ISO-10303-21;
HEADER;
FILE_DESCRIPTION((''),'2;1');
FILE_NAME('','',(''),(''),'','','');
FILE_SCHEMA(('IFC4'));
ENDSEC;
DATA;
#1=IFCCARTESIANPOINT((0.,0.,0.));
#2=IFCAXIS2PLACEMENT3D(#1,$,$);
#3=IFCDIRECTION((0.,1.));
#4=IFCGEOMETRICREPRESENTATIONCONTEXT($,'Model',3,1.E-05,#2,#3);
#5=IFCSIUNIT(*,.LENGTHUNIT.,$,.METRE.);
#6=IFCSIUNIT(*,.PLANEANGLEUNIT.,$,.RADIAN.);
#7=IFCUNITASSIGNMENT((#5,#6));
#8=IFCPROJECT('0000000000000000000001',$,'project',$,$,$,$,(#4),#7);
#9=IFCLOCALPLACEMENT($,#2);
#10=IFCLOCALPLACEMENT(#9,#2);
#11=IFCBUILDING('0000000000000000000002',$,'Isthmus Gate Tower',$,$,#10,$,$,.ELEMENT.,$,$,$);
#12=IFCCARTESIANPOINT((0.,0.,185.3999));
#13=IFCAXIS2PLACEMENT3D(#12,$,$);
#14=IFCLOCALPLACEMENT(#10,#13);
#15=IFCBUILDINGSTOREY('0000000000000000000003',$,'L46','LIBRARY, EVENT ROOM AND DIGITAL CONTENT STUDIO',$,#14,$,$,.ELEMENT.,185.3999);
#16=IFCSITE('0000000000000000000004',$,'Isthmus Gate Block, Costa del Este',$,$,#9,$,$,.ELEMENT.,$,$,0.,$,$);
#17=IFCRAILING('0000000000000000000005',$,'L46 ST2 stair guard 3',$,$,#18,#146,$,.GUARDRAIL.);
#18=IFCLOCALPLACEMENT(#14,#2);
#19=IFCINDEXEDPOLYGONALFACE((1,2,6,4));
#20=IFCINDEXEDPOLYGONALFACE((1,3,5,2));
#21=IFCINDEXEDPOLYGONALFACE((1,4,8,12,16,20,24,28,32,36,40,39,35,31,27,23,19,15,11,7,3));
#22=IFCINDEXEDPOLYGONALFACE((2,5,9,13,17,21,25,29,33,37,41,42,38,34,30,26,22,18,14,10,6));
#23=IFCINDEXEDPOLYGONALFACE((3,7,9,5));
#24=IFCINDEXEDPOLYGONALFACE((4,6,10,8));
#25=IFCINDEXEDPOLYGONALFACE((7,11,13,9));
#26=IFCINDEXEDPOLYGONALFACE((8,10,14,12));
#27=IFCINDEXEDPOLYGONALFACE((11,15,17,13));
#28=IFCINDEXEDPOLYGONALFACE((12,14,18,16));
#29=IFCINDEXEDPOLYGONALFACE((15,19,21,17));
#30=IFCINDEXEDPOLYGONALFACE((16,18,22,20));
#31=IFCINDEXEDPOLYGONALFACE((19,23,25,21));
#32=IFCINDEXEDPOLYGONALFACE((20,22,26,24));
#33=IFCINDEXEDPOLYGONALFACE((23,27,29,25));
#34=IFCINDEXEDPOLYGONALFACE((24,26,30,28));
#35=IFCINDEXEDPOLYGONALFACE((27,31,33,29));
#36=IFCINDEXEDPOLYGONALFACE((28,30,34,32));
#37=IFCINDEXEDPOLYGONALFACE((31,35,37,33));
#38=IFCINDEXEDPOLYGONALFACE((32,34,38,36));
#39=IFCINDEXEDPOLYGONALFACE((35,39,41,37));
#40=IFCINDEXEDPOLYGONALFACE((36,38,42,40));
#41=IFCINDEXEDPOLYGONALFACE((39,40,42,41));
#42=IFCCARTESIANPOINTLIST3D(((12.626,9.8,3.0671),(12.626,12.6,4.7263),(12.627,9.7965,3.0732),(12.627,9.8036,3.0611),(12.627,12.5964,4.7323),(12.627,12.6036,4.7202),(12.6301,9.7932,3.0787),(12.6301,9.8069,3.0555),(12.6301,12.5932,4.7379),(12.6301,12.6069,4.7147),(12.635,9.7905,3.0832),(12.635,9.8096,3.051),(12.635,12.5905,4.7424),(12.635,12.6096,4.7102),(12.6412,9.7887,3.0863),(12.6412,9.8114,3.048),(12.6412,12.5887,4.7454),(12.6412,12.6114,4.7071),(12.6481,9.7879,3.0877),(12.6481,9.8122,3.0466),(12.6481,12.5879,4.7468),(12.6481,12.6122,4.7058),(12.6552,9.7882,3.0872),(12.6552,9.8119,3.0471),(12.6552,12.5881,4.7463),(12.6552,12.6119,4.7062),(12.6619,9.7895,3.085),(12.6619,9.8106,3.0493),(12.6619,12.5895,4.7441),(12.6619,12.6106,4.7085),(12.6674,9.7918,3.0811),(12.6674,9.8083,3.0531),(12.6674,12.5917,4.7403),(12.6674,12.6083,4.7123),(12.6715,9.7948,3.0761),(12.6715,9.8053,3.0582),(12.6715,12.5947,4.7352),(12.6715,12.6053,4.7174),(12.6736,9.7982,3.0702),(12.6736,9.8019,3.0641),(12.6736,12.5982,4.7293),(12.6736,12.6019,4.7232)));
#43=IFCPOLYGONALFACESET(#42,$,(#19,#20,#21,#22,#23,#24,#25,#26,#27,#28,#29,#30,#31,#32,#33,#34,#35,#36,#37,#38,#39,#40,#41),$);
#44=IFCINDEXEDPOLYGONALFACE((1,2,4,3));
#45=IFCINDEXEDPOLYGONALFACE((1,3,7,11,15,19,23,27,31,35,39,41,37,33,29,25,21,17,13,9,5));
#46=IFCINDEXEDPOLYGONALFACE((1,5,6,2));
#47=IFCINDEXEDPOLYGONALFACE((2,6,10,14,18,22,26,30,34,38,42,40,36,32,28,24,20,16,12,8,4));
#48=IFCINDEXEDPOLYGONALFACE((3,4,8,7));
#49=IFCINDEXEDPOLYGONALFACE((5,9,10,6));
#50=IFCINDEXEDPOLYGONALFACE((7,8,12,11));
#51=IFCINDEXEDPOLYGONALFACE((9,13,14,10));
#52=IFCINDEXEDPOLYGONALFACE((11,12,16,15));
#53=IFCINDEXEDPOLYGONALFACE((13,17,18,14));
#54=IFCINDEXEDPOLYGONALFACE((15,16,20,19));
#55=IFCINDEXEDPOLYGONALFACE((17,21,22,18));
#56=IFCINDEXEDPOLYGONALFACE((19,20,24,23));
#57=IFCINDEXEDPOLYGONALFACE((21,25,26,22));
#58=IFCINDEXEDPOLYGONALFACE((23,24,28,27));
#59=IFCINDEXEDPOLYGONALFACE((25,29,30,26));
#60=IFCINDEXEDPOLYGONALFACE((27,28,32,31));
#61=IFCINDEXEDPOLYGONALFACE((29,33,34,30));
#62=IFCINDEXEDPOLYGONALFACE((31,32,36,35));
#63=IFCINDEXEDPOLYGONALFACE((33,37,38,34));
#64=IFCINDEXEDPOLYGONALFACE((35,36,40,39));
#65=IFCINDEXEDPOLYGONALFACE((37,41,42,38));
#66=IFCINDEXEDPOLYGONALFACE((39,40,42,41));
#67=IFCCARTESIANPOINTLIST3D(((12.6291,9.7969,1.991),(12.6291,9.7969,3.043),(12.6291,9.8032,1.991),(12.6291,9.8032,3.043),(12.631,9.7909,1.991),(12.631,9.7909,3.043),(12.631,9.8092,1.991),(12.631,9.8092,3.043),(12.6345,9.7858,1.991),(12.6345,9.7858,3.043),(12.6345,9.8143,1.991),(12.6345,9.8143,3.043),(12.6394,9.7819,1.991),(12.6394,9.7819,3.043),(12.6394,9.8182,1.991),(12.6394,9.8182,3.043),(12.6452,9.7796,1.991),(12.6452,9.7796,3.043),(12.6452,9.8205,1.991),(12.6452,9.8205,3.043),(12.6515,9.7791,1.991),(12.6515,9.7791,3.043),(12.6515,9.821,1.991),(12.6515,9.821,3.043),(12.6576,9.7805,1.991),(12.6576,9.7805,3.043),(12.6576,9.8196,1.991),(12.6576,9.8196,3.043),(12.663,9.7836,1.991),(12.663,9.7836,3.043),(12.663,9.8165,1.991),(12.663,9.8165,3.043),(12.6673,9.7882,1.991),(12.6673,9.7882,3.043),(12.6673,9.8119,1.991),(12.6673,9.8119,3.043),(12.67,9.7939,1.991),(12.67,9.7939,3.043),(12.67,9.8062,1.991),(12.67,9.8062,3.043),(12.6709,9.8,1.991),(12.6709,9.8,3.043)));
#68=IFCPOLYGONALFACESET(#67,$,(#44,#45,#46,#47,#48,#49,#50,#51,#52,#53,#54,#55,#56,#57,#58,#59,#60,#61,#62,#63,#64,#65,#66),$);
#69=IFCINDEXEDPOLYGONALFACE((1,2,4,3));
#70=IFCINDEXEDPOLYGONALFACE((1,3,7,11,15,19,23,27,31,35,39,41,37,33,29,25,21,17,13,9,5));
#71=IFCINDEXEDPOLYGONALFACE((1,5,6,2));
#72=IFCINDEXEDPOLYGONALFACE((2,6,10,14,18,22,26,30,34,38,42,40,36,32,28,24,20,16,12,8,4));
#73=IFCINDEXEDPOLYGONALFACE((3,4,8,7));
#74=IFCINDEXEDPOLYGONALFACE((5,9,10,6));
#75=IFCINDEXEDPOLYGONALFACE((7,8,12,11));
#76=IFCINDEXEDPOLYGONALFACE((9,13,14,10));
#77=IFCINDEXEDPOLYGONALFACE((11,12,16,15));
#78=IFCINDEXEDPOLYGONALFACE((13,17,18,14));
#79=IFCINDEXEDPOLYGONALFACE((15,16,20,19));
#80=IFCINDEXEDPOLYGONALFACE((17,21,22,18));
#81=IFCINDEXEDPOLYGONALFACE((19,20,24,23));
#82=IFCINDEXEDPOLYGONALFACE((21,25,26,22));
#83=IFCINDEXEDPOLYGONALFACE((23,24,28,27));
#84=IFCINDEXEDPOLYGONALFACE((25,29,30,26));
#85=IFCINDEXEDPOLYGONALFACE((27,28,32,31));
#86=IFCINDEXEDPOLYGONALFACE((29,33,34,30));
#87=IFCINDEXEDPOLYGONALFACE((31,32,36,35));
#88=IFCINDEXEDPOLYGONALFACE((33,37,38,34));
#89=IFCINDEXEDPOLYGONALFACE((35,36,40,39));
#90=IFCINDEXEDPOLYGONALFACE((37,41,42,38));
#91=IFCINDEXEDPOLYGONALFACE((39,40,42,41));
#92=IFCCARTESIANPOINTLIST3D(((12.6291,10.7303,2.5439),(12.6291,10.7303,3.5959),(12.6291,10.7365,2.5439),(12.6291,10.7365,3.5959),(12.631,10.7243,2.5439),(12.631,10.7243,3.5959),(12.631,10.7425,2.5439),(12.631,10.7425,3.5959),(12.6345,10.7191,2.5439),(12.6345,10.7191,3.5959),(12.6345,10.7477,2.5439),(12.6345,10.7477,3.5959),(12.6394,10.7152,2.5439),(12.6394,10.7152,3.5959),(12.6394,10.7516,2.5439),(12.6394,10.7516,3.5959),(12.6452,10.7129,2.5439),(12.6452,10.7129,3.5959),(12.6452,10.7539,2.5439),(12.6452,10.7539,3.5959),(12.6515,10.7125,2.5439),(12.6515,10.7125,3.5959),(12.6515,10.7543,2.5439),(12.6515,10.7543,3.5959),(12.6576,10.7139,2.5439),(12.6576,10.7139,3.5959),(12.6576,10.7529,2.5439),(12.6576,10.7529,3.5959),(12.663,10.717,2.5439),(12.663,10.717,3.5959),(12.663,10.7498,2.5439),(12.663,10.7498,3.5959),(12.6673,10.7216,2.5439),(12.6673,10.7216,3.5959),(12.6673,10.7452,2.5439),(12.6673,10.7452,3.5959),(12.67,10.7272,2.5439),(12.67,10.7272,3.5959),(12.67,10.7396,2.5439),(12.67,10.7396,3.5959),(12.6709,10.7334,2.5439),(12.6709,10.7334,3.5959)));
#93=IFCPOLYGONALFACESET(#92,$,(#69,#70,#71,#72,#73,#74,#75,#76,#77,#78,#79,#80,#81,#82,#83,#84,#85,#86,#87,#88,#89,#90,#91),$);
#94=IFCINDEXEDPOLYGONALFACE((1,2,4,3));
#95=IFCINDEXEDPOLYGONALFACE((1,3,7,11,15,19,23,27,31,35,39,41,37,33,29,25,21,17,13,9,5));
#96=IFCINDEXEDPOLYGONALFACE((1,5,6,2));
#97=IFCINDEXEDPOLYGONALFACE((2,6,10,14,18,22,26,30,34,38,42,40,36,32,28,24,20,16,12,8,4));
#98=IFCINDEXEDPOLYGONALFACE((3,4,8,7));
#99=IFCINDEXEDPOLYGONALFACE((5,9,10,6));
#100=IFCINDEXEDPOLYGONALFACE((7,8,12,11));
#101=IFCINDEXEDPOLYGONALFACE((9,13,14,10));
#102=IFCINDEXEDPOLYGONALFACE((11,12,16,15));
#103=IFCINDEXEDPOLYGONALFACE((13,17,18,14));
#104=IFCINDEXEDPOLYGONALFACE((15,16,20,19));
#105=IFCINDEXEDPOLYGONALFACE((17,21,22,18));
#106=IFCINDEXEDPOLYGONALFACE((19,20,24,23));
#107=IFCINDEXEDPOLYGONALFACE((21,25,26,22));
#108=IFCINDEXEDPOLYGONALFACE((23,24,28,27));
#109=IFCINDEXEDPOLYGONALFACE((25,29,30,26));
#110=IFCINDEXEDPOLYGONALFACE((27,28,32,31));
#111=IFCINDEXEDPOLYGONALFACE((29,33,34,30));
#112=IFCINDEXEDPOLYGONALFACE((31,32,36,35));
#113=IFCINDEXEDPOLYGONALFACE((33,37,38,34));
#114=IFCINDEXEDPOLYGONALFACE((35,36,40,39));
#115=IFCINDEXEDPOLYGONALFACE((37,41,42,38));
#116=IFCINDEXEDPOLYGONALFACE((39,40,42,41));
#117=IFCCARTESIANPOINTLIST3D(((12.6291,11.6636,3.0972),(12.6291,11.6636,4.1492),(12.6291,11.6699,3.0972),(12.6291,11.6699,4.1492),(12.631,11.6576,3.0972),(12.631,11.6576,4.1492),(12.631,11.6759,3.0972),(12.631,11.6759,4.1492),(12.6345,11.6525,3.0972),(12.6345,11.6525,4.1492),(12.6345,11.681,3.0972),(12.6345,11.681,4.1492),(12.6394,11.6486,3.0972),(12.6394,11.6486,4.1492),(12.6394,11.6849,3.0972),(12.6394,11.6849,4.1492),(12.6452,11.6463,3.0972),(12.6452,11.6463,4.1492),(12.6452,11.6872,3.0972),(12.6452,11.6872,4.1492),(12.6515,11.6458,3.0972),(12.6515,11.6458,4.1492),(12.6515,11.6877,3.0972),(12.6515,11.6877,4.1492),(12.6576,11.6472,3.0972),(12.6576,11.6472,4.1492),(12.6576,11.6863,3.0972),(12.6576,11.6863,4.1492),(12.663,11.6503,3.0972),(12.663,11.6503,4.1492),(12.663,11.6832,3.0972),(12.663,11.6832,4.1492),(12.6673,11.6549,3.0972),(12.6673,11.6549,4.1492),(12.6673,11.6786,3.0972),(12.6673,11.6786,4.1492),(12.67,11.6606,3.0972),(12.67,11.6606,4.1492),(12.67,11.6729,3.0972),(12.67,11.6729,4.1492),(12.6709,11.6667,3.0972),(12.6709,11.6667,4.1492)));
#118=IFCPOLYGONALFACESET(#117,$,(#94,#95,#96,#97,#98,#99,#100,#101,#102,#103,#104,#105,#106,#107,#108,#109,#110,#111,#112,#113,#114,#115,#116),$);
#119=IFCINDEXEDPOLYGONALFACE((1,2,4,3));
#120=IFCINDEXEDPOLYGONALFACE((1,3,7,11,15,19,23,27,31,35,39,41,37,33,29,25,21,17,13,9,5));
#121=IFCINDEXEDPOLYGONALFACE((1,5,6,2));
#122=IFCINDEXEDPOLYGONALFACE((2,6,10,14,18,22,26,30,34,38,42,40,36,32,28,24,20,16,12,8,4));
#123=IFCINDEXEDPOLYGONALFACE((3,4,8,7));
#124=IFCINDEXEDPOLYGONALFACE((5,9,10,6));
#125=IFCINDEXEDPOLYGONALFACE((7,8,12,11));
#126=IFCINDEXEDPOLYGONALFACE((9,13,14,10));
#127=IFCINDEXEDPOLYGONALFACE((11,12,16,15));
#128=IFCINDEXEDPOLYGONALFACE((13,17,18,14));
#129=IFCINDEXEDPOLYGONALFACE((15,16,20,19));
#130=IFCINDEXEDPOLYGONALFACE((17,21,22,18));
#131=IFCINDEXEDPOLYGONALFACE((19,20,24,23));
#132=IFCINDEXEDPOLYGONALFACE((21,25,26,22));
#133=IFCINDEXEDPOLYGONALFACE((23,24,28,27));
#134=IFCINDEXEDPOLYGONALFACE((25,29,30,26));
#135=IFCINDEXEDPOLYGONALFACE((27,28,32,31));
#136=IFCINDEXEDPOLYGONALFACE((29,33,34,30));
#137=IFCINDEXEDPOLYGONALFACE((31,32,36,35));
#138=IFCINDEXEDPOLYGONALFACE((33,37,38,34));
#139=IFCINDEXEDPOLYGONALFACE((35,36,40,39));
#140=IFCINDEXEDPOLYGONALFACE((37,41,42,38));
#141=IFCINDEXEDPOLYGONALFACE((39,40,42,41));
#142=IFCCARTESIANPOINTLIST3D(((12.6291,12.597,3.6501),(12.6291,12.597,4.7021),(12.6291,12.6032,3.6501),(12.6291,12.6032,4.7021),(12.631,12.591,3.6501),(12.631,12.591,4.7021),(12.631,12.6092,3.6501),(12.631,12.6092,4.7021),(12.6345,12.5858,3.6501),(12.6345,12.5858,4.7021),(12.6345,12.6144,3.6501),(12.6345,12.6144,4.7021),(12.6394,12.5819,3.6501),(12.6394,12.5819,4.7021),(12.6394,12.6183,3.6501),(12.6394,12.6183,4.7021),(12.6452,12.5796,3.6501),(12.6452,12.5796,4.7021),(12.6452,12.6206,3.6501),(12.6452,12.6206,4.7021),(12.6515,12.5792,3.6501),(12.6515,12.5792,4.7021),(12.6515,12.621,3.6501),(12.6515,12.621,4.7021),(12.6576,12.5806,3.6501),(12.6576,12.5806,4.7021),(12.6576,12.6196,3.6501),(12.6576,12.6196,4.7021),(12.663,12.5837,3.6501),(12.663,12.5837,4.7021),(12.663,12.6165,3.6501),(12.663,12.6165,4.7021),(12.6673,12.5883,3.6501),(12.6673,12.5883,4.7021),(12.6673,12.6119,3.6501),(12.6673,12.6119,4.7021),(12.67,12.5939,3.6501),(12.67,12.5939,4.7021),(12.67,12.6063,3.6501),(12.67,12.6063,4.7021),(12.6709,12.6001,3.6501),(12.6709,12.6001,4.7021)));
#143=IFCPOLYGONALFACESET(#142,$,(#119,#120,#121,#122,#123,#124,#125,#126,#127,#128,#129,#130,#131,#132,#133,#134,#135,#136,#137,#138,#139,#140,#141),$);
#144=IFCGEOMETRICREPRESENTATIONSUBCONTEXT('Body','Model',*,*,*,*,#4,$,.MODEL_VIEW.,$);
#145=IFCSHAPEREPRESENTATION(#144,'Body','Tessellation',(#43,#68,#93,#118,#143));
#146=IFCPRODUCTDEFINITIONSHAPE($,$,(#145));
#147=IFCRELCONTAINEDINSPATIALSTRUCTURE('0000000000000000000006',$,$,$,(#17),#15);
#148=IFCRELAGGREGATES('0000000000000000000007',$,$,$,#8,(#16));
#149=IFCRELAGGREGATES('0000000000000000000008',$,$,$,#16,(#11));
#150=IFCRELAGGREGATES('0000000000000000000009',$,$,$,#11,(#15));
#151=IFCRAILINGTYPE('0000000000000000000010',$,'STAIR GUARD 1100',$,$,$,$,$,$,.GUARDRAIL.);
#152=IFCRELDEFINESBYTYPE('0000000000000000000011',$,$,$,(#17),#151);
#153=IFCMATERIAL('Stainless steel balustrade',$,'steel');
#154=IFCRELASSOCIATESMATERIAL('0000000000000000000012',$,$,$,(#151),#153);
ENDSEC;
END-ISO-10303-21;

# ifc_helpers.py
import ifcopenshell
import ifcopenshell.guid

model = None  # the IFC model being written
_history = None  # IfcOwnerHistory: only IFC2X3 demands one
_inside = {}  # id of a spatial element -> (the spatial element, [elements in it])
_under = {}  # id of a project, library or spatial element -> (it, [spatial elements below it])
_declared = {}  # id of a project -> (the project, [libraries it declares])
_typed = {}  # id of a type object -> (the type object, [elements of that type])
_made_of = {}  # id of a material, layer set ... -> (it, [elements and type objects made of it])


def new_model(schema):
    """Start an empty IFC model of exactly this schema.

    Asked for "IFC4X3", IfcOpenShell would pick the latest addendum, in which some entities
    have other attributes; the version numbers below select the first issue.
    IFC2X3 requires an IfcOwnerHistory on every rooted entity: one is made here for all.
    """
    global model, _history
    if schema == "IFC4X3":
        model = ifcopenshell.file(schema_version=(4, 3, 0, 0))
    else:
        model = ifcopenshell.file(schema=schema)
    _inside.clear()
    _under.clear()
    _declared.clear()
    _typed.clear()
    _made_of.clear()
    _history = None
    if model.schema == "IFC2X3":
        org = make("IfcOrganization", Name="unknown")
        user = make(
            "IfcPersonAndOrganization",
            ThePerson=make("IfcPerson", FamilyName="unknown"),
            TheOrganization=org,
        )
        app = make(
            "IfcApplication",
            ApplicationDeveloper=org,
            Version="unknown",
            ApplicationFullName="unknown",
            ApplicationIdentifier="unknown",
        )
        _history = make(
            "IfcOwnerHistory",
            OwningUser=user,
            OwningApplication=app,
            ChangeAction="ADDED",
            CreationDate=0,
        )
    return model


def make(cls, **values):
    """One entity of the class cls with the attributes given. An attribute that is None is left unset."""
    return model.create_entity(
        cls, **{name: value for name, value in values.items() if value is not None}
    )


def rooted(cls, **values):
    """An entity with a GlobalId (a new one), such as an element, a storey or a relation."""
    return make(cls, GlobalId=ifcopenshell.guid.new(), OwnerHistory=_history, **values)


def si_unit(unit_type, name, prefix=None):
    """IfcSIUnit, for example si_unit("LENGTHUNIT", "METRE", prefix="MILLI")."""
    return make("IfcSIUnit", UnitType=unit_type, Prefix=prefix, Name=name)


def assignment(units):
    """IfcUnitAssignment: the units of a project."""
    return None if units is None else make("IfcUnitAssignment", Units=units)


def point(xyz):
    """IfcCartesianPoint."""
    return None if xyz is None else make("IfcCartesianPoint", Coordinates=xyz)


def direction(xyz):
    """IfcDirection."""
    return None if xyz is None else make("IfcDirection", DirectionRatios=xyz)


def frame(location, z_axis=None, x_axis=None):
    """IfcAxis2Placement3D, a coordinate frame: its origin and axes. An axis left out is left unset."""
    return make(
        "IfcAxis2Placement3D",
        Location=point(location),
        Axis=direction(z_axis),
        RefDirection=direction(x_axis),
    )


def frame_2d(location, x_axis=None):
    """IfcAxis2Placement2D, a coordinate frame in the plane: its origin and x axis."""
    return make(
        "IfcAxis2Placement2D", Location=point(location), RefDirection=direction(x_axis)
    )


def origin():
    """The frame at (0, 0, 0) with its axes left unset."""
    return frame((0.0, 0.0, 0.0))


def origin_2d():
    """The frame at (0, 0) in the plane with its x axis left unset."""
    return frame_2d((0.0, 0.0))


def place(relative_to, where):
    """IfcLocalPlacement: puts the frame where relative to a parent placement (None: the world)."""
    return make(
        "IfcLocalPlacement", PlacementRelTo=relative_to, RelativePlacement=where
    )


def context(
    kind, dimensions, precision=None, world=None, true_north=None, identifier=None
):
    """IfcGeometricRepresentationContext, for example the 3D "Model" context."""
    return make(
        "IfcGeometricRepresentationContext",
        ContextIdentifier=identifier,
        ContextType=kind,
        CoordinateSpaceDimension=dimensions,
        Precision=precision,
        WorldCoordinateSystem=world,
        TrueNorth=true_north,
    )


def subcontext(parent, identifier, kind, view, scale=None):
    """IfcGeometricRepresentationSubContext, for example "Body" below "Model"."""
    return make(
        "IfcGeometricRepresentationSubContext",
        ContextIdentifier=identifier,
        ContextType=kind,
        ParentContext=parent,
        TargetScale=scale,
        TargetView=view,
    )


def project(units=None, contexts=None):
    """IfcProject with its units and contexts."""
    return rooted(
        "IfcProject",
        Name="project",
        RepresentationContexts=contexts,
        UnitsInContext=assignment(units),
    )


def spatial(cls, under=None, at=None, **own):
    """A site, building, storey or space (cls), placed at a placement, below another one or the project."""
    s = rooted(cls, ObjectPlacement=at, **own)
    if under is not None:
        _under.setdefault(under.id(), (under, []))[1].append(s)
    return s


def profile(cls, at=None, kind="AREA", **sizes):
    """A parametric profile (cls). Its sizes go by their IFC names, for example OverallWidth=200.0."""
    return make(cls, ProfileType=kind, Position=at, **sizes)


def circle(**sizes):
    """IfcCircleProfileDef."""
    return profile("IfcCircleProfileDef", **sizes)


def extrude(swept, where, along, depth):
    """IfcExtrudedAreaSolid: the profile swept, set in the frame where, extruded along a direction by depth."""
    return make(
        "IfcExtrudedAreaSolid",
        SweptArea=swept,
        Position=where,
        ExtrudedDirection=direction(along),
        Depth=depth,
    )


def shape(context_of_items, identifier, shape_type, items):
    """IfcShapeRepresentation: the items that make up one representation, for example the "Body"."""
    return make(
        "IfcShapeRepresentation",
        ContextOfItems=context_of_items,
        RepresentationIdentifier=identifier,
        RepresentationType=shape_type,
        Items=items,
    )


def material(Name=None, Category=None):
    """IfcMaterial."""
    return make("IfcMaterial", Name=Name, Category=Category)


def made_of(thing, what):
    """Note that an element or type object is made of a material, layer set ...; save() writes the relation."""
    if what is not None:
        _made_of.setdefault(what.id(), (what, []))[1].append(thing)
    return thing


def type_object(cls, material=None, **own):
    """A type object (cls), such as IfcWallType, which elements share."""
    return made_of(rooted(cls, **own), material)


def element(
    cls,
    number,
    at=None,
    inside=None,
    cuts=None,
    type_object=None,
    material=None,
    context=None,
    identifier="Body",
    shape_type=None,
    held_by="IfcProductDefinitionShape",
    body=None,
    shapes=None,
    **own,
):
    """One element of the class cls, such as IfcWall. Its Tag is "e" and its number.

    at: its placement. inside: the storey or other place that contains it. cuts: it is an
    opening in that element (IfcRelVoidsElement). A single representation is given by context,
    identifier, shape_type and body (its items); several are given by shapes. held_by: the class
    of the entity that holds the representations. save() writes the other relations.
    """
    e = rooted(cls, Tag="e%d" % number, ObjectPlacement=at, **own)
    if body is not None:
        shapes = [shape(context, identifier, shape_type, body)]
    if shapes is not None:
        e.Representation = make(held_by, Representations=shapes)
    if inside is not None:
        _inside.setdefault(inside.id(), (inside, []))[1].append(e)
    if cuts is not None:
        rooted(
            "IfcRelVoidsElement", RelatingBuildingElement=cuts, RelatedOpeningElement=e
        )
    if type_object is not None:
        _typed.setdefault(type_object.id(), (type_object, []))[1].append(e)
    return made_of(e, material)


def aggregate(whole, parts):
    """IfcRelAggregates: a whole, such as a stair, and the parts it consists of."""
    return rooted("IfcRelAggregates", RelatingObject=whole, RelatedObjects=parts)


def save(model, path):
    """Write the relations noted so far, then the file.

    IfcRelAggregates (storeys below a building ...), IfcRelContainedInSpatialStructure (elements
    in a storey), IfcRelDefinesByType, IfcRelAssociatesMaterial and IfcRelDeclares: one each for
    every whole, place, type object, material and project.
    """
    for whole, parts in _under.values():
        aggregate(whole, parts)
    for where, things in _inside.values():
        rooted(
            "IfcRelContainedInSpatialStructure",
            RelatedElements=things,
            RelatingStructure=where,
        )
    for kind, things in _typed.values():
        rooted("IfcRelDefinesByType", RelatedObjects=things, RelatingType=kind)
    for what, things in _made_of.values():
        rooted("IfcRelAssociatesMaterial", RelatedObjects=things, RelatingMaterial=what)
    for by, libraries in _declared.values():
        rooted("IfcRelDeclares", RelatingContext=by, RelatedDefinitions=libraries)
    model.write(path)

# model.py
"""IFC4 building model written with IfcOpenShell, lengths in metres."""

from ifc_helpers import new_model, si_unit, direction, frame, origin, origin_2d, place, context, subcontext, project, spatial, circle, extrude, material, type_object, element, save


model = new_model("IFC4")

# Units and contexts
model_context = context("Model", 3, precision=1e-05, world=origin(), true_north=direction((0.0, 1.0)))
body_context = subcontext(model_context, "Body", "Model", "MODEL_VIEW")
ifc_project = project(units=[si_unit("LENGTHUNIT", "METRE"), si_unit("PLANEANGLEUNIT", "RADIAN")], contexts=[model_context])

# Site, building, storey
site_placement = place(None, origin())
site = spatial("IfcSite", under=ifc_project, at=site_placement, Name="Isthmus Gate Block, Costa del Este", CompositionType="ELEMENT", RefElevation=0.0)
building_placement = place(site_placement, origin())
building = spatial("IfcBuilding", under=site, at=building_placement, Name="Isthmus Gate Tower", CompositionType="ELEMENT")
storey_placement = place(building_placement, frame((0.0, 0.0, 185.3999)))
storey = spatial("IfcBuildingStorey", under=building, at=storey_placement, Name="L46", Description="LIBRARY, EVENT ROOM AND DIGITAL CONTENT STUDIO", CompositionType="ELEMENT", Elevation=185.3999)

# Railing
ifc_material_1 = material(Name="Stainless steel balustrade", Category="steel")
railing_type_1 = type_object("IfcRailingType", Name="STAIR GUARD 1100", PredefinedType="GUARDRAIL", material=ifc_material_1)
for number, where, name in (
    (1, (12.6499, 9.8, 1.991), "L46 ST2 stair guard 3"),
):
    element("IfcRailing", number, at=place(storey_placement, frame(where)), inside=storey, type_object=railing_type_1, Name=name, PredefinedType="GUARDRAIL", context=body_context, shape_type="SweptSolid", body=[
        extrude(circle(Radius=0.0239, at=origin_2d()), frame((0.0, 0.0, 1.0762), z_axis=(0.0, 0.860306, 0.509778), x_axis=(-1.0, 0.0, 0.0)), (0.0, 0.0, 1.0), 3.2546),
        extrude(circle(Radius=0.021, at=origin_2d()), origin(), (0.0, 0.0, 1.0), 1.052),
        extrude(circle(Radius=0.021, at=origin_2d()), frame((0.0, 0.9333, 0.553)), (0.0, 0.0, 1.0), 1.052),
        extrude(circle(Radius=0.021, at=origin_2d()), frame((0.0, 1.8667, 1.1062)), (0.0, 0.0, 1.0), 1.052),
        extrude(circle(Radius=0.021, at=origin_2d()), frame((0.0, 2.8, 1.6592)), (0.0, 0.0, 1.0), 1.052),
    ])

save(model, "model.ifc")
